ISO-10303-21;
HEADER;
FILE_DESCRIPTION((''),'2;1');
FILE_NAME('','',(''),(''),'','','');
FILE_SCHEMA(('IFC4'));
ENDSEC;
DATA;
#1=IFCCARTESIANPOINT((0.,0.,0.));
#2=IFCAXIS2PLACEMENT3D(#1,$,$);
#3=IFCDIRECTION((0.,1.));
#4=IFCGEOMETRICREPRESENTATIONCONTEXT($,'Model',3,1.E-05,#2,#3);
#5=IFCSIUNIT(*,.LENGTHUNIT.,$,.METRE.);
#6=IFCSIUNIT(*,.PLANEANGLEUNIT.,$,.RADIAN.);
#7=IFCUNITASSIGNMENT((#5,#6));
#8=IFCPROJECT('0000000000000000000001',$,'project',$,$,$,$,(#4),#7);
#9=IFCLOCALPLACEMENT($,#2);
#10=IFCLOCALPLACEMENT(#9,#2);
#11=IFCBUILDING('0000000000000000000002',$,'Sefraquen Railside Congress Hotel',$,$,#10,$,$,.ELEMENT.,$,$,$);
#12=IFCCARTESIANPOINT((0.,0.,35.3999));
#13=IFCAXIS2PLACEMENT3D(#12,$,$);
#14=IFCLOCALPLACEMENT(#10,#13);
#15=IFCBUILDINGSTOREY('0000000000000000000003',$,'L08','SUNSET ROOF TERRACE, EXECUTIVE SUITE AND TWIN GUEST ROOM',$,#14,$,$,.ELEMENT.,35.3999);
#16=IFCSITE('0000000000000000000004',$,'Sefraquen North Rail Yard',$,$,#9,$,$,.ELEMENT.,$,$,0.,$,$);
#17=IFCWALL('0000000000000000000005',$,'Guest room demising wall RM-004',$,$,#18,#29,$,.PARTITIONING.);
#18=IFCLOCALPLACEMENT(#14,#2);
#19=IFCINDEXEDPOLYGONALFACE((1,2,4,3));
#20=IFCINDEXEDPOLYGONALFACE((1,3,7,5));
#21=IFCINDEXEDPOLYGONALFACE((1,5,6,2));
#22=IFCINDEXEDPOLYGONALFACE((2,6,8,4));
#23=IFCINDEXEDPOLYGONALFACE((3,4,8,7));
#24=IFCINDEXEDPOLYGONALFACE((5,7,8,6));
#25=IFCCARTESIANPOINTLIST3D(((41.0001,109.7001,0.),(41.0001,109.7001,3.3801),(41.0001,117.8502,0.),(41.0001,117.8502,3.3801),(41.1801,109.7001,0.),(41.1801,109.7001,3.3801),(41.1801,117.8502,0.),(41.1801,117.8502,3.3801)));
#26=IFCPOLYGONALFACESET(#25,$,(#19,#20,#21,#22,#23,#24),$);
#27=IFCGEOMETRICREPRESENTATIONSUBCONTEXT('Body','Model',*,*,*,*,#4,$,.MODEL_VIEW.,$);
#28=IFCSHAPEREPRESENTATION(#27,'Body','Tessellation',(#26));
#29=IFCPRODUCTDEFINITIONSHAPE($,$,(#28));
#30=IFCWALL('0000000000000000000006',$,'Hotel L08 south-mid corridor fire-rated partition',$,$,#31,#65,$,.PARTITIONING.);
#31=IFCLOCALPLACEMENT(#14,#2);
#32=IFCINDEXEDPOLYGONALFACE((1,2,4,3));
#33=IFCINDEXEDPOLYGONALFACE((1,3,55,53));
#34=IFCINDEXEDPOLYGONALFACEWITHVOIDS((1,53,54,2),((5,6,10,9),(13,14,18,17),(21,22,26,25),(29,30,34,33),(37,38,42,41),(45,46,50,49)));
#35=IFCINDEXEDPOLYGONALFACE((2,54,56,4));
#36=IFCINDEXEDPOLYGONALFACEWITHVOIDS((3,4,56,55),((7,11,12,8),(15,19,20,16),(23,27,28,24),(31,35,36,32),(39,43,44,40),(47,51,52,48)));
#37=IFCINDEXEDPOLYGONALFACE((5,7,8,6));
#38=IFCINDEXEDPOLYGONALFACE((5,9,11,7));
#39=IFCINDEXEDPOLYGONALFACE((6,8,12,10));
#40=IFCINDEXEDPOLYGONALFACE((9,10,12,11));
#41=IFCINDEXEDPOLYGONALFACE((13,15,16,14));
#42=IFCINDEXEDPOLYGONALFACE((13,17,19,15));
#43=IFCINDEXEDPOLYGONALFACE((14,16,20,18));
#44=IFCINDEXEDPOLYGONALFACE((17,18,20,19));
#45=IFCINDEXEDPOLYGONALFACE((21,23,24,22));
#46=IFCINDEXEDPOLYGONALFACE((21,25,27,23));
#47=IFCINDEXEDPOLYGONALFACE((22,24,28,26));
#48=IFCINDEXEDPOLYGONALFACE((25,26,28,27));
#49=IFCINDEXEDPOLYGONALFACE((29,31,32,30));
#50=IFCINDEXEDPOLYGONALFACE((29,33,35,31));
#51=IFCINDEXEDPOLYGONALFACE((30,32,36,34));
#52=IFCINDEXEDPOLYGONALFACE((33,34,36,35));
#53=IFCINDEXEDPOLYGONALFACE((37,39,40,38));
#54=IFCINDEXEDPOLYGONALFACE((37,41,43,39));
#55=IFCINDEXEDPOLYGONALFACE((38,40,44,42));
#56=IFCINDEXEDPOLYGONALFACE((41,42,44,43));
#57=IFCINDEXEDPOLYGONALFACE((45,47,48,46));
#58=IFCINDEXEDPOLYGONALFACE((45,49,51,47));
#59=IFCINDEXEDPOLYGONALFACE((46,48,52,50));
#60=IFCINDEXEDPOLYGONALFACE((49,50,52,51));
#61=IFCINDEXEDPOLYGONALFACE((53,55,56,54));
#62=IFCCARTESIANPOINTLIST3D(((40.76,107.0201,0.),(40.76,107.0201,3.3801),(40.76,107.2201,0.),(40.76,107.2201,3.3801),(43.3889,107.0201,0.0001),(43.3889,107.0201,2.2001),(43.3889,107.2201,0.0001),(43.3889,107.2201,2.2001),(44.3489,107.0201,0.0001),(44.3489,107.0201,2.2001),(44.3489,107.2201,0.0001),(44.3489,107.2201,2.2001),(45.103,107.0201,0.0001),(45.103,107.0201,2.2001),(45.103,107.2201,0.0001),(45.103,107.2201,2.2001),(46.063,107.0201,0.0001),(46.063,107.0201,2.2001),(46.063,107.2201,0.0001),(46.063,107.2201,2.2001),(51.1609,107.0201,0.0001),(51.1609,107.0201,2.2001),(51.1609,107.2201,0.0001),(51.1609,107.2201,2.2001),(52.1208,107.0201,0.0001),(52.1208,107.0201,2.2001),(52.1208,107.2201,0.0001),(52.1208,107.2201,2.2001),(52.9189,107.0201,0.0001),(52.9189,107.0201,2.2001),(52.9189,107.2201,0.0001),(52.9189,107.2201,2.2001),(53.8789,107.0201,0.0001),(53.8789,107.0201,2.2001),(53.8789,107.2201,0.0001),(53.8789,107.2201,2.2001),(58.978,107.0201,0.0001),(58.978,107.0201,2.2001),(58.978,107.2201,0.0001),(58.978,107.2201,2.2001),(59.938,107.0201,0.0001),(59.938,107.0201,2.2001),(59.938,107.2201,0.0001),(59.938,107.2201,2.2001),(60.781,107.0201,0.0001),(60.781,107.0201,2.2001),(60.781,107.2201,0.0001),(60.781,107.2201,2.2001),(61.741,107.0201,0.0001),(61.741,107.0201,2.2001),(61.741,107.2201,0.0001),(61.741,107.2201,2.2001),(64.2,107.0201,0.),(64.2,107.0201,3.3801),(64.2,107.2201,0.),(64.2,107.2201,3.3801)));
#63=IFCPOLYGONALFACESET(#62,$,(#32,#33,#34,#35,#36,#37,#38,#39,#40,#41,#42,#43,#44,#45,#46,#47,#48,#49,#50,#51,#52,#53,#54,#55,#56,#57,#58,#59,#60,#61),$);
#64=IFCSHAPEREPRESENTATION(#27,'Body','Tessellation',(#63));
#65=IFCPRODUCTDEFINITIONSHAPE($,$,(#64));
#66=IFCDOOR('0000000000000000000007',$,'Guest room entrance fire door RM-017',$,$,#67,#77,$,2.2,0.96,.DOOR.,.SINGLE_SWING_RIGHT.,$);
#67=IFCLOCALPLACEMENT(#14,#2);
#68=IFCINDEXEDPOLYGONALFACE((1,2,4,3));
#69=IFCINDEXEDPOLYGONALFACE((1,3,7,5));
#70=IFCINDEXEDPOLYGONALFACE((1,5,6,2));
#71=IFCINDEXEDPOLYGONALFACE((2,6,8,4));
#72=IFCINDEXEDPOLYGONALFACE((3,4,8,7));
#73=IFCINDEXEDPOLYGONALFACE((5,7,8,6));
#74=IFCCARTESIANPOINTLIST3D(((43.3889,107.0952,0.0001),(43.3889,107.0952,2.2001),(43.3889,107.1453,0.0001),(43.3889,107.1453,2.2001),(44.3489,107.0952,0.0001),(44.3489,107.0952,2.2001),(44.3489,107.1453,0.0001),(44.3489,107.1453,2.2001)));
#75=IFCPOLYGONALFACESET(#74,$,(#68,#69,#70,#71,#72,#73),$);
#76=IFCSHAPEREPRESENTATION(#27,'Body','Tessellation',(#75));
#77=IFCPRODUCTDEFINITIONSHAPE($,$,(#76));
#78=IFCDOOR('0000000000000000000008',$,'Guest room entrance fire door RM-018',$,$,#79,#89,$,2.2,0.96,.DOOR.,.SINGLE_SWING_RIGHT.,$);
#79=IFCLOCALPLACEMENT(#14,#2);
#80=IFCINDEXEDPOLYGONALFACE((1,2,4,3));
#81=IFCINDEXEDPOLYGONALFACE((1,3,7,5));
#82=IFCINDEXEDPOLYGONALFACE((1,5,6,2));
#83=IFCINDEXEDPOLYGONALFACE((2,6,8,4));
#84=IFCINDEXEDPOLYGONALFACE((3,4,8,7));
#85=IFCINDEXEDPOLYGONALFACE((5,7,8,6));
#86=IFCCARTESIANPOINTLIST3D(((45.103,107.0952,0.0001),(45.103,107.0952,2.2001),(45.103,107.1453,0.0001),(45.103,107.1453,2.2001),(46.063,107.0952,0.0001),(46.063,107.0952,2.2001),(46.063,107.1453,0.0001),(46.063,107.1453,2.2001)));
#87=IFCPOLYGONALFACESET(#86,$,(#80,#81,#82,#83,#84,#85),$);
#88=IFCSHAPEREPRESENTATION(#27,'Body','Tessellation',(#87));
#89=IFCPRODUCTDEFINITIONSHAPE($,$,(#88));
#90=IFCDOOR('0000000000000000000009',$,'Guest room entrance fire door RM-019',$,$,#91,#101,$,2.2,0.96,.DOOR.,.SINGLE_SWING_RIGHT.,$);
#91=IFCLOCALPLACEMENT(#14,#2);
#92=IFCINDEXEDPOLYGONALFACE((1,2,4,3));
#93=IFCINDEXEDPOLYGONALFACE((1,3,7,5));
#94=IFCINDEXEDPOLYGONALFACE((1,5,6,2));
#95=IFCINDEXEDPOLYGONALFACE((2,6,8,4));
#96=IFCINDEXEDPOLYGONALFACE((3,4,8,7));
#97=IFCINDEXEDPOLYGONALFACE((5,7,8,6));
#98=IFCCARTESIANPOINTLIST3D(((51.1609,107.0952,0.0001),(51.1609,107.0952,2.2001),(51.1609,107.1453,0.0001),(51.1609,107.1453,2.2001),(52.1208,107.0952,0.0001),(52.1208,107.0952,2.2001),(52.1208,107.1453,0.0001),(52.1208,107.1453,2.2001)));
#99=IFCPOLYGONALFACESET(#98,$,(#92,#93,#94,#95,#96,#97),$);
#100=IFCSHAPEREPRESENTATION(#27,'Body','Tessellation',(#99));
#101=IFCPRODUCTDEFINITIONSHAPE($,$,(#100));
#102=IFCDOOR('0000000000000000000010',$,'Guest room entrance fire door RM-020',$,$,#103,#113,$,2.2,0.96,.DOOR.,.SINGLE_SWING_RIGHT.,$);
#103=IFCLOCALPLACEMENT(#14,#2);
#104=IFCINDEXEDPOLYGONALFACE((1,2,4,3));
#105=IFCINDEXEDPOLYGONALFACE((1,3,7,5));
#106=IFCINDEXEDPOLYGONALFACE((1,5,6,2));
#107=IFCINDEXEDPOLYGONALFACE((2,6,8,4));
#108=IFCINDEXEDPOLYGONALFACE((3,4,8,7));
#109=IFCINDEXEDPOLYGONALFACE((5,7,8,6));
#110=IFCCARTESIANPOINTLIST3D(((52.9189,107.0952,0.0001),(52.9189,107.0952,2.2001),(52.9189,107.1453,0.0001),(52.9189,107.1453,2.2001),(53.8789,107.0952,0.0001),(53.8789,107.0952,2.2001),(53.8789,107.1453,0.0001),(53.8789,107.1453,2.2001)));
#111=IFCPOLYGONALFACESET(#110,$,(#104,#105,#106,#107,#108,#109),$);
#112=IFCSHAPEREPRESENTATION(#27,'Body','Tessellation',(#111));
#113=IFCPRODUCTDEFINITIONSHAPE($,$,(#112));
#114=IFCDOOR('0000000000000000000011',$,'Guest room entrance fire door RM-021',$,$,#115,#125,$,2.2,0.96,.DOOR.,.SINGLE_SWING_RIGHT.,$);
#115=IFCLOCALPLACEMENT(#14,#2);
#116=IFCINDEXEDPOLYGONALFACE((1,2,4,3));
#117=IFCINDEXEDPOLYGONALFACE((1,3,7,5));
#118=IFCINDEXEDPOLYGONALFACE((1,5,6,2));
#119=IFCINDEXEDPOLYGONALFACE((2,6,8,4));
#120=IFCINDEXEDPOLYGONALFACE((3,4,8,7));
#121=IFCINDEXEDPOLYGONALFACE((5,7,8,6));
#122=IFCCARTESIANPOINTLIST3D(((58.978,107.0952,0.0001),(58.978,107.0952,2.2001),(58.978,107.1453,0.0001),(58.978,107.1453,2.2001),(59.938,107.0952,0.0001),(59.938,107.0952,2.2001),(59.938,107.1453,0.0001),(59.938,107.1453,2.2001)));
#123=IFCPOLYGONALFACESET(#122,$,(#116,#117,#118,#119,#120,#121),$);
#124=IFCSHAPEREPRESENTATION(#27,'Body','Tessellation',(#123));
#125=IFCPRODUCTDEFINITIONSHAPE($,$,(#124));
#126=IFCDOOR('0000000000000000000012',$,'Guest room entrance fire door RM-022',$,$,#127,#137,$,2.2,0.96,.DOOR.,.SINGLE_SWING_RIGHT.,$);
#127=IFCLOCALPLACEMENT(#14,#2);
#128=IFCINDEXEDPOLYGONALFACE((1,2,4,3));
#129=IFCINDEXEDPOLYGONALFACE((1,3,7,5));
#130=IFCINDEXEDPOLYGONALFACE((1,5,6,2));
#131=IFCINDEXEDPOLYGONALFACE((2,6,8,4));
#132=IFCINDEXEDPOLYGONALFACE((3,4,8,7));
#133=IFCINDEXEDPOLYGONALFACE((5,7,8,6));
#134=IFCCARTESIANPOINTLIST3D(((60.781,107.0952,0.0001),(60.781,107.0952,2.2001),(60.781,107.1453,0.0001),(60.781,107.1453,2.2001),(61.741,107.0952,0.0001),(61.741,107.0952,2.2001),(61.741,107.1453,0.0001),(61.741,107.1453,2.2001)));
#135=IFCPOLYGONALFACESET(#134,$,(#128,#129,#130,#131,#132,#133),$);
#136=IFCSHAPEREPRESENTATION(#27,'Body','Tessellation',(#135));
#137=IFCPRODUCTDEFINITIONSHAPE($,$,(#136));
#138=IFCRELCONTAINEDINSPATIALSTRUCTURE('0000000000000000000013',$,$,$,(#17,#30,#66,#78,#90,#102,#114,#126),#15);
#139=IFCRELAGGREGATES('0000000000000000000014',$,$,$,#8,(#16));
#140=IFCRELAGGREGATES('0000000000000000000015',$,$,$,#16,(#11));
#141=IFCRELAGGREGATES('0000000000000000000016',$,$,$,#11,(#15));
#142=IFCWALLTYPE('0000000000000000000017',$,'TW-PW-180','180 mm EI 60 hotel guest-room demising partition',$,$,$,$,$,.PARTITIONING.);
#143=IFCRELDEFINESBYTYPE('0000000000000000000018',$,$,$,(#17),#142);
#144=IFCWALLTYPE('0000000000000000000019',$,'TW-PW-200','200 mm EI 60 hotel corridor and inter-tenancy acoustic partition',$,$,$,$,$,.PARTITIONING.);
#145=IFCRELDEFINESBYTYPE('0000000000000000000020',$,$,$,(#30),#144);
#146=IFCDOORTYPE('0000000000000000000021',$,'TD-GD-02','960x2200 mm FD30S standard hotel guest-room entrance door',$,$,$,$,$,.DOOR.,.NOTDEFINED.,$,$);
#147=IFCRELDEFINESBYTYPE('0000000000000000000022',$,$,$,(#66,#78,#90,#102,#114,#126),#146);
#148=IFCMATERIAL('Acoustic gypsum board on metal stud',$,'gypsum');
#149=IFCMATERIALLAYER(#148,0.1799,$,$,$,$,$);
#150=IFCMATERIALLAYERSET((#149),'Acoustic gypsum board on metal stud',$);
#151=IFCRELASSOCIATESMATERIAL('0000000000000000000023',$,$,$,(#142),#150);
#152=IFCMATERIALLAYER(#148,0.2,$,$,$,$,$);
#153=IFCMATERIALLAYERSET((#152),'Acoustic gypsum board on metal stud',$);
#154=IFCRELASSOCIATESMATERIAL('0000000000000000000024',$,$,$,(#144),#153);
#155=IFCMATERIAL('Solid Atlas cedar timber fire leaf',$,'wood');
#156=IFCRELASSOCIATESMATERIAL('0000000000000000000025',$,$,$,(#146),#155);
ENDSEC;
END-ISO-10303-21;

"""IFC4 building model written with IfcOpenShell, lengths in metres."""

from ifc_helpers import new_model, si_unit, direction, frame, frame_2d, origin, place, context, subcontext, project, spatial, rectangle, extrude, material, layer, layer_set, type_object, element, fill, save


model = new_model("IFC4")

# Units and contexts
model_context = context("Model", 3, precision=1e-05, world=origin(), true_north=direction((0.0, 1.0)))
body_context = subcontext(model_context, "Body", "Model", "MODEL_VIEW")
ifc_project = project(units=[si_unit("LENGTHUNIT", "METRE"), si_unit("PLANEANGLEUNIT", "RADIAN")], contexts=[model_context])

# Site, building, storey
site_placement = place(None, origin())
site = spatial("IfcSite", under=ifc_project, at=site_placement, Name="Sefraquen North Rail Yard", CompositionType="ELEMENT", RefElevation=0.0)
building_placement = place(site_placement, origin())
building = spatial("IfcBuilding", under=site, at=building_placement, Name="Sefraquen Railside Congress Hotel", CompositionType="ELEMENT")
storey_placement = place(building_placement, frame((0.0, 0.0, 35.3999)))
storey = spatial("IfcBuildingStorey", under=building, at=storey_placement, Name="L08", Description="SUNSET ROOF TERRACE, EXECUTIVE SUITE AND TWIN GUEST ROOM", CompositionType="ELEMENT", Elevation=35.3999)

# Wall
ifc_material_1 = material(Name="Acoustic gypsum board on metal stud", Category="gypsum")
ifc_layer_1 = layer(ifc_material_1, 0.1799)
ifc_layer_set_1 = layer_set([ifc_layer_1], Name="Acoustic gypsum board on metal stud")
wall_type_1 = type_object("IfcWallType", Name="TW-PW-180", Description="180 mm EI 60 hotel guest-room demising partition", PredefinedType="PARTITIONING", material=ifc_layer_set_1)
for number, where, z_axis, x_axis, name in (
    (1, (41.0901, 109.7, 0.0), (0.0, 0.0, 1.0), (0.0, 1.0, 0.0), "Guest room demising wall RM-004"),
):
    element("IfcWall", number, at=place(storey_placement, frame(where, z_axis=z_axis, x_axis=x_axis)), inside=storey, type_object=wall_type_1, Name=name, PredefinedType="PARTITIONING", context=body_context, shape_type="SweptSolid", body=[
        extrude(rectangle(XDim=8.1501, YDim=0.1799, at=frame_2d((4.0752, 0.0))), origin(), (0.0, 0.0, 1.0), 3.3801),
    ])

# Wall, openings, doors
ifc_layer_2 = layer(ifc_material_1, 0.2)
ifc_layer_set_2 = layer_set([ifc_layer_2], Name="Acoustic gypsum board on metal stud")
wall_type_2 = type_object("IfcWallType", Name="TW-PW-200", Description="200 mm EI 60 hotel corridor and inter-tenancy acoustic partition", PredefinedType="PARTITIONING", material=ifc_layer_set_2)
wall_1_placement = place(storey_placement, frame((40.76, 107.1201, 0.0), z_axis=(0.0, 0.0, 1.0), x_axis=(1.0, 0.0, 0.0)))
wall_1 = element("IfcWall", 2, at=wall_1_placement, inside=storey, type_object=wall_type_2, Name="Hotel L08 south-mid corridor fire-rated partition", PredefinedType="PARTITIONING", context=body_context, shape_type="SweptSolid", body=[
    extrude(rectangle(XDim=23.4399, YDim=0.2, at=frame_2d((11.72, 0.0))), origin(), (0.0, 0.0, 1.0), 3.3801),
])
opening_1_placement = place(wall_1_placement, frame((2.6289, 0.0, 0.0)))
opening_1 = element("IfcOpeningElement", 3, at=opening_1_placement, cuts=wall_1, PredefinedType="OPENING", context=body_context, shape_type="SweptSolid", body=[
    extrude(rectangle(XDim=0.96, YDim=2.2, at=frame_2d((0.48, 1.1001))), frame((0.0, 0.1099, 0.0), z_axis=(0.0, -1.0, 0.0), x_axis=(1.0, 0.0, 0.0)), (0.0, 0.0, 1.0), 0.22),
])
opening_2_placement = place(wall_1_placement, frame((4.343, 0.0, 0.0)))
opening_2 = element("IfcOpeningElement", 4, at=opening_2_placement, cuts=wall_1, PredefinedType="OPENING", context=body_context, shape_type="SweptSolid", body=[
    extrude(rectangle(XDim=0.96, YDim=2.2, at=frame_2d((0.48, 1.1001))), frame((0.0, 0.1099, 0.0), z_axis=(0.0, -1.0, 0.0), x_axis=(1.0, 0.0, 0.0)), (0.0, 0.0, 1.0), 0.22),
])
opening_3_placement = place(wall_1_placement, frame((10.4009, 0.0, 0.0)))
opening_3 = element("IfcOpeningElement", 5, at=opening_3_placement, cuts=wall_1, PredefinedType="OPENING", context=body_context, shape_type="SweptSolid", body=[
    extrude(rectangle(XDim=0.96, YDim=2.2, at=frame_2d((0.48, 1.1001))), frame((0.0, 0.1099, 0.0), z_axis=(0.0, -1.0, 0.0), x_axis=(1.0, 0.0, 0.0)), (0.0, 0.0, 1.0), 0.22),
])
opening_4_placement = place(wall_1_placement, frame((12.1589, 0.0, 0.0)))
opening_4 = element("IfcOpeningElement", 6, at=opening_4_placement, cuts=wall_1, PredefinedType="OPENING", context=body_context, shape_type="SweptSolid", body=[
    extrude(rectangle(XDim=0.96, YDim=2.2, at=frame_2d((0.48, 1.1001))), frame((0.0, 0.1099, 0.0), z_axis=(0.0, -1.0, 0.0), x_axis=(1.0, 0.0, 0.0)), (0.0, 0.0, 1.0), 0.22),
])
opening_5_placement = place(wall_1_placement, frame((18.218, 0.0, 0.0)))
opening_5 = element("IfcOpeningElement", 7, at=opening_5_placement, cuts=wall_1, PredefinedType="OPENING", context=body_context, shape_type="SweptSolid", body=[
    extrude(rectangle(XDim=0.96, YDim=2.2, at=frame_2d((0.48, 1.1001))), frame((0.0, 0.1099, 0.0), z_axis=(0.0, -1.0, 0.0), x_axis=(1.0, 0.0, 0.0)), (0.0, 0.0, 1.0), 0.22),
])
opening_6_placement = place(wall_1_placement, frame((20.021, 0.0, 0.0)))
opening_6 = element("IfcOpeningElement", 8, at=opening_6_placement, cuts=wall_1, PredefinedType="OPENING", context=body_context, shape_type="SweptSolid", body=[
    extrude(rectangle(XDim=0.96, YDim=2.2, at=frame_2d((0.48, 1.1001))), frame((0.0, 0.1099, 0.0), z_axis=(0.0, -1.0, 0.0), x_axis=(1.0, 0.0, 0.0)), (0.0, 0.0, 1.0), 0.22),
])
ifc_material_2 = material(Name="Solid Atlas cedar timber fire leaf", Category="wood")
door_type_1 = type_object("IfcDoorType", Name="TD-GD-02", Description="960x2200 mm FD30S standard hotel guest-room entrance door", OperationType="NOTDEFINED", PredefinedType="DOOR", material=ifc_material_2)
door_1_placement = place(opening_1_placement, frame((0.96, 0.0, 0.0), z_axis=(0.0, 0.0, 1.0), x_axis=(-1.0, 0.0, 0.0)))
door_1 = element("IfcDoor", 9, at=door_1_placement, inside=storey, type_object=door_type_1, Name="Guest room entrance fire door RM-017", OperationType="SINGLE_SWING_RIGHT", OverallHeight=2.2, OverallWidth=0.96, PredefinedType="DOOR", context=body_context, shape_type="SweptSolid", body=[
    extrude(rectangle(XDim=0.96, YDim=2.2, at=frame_2d((0.48, 1.1001))), frame((0.0, 0.0249, 0.0), z_axis=(0.0, -1.0, 0.0), x_axis=(1.0, 0.0, 0.0)), (0.0, 0.0, 1.0), 0.05),
])
fill(opening_1, door_1)
door_2_placement = place(opening_2_placement, frame((0.96, 0.0, 0.0), z_axis=(0.0, 0.0, 1.0), x_axis=(-1.0, 0.0, 0.0)))
door_2 = element("IfcDoor", 10, at=door_2_placement, inside=storey, type_object=door_type_1, Name="Guest room entrance fire door RM-018", OperationType="SINGLE_SWING_RIGHT", OverallHeight=2.2, OverallWidth=0.96, PredefinedType="DOOR", context=body_context, shape_type="SweptSolid", body=[
    extrude(rectangle(XDim=0.96, YDim=2.2, at=frame_2d((0.48, 1.1001))), frame((0.0, 0.0249, 0.0), z_axis=(0.0, -1.0, 0.0), x_axis=(1.0, 0.0, 0.0)), (0.0, 0.0, 1.0), 0.05),
])
fill(opening_2, door_2)
door_3_placement = place(opening_3_placement, frame((0.96, 0.0, 0.0), z_axis=(0.0, 0.0, 1.0), x_axis=(-1.0, 0.0, 0.0)))
door_3 = element("IfcDoor", 11, at=door_3_placement, inside=storey, type_object=door_type_1, Name="Guest room entrance fire door RM-019", OperationType="SINGLE_SWING_RIGHT", OverallHeight=2.2, OverallWidth=0.96, PredefinedType="DOOR", context=body_context, shape_type="SweptSolid", body=[
    extrude(rectangle(XDim=0.96, YDim=2.2, at=frame_2d((0.48, 1.1001))), frame((0.0, 0.0249, 0.0), z_axis=(0.0, -1.0, 0.0), x_axis=(1.0, 0.0, 0.0)), (0.0, 0.0, 1.0), 0.05),
])
fill(opening_3, door_3)
door_4_placement = place(opening_4_placement, frame((0.96, 0.0, 0.0), z_axis=(0.0, 0.0, 1.0), x_axis=(-1.0, 0.0, 0.0)))
door_4 = element("IfcDoor", 12, at=door_4_placement, inside=storey, type_object=door_type_1, Name="Guest room entrance fire door RM-020", OperationType="SINGLE_SWING_RIGHT", OverallHeight=2.2, OverallWidth=0.96, PredefinedType="DOOR", context=body_context, shape_type="SweptSolid", body=[
    extrude(rectangle(XDim=0.96, YDim=2.2, at=frame_2d((0.48, 1.1001))), frame((0.0, 0.0249, 0.0), z_axis=(0.0, -1.0, 0.0), x_axis=(1.0, 0.0, 0.0)), (0.0, 0.0, 1.0), 0.05),
])
fill(opening_4, door_4)
door_5_placement = place(opening_5_placement, frame((0.96, 0.0, 0.0), z_axis=(0.0, 0.0, 1.0), x_axis=(-1.0, 0.0, 0.0)))
door_5 = element("IfcDoor", 13, at=door_5_placement, inside=storey, type_object=door_type_1, Name="Guest room entrance fire door RM-021", OperationType="SINGLE_SWING_RIGHT", OverallHeight=2.2, OverallWidth=0.96, PredefinedType="DOOR", context=body_context, shape_type="SweptSolid", body=[
    extrude(rectangle(XDim=0.96, YDim=2.2, at=frame_2d((0.48, 1.1001))), frame((0.0, 0.0249, 0.0), z_axis=(0.0, -1.0, 0.0), x_axis=(1.0, 0.0, 0.0)), (0.0, 0.0, 1.0), 0.05),
])
fill(opening_5, door_5)
door_6_placement = place(opening_6_placement, frame((0.96, 0.0, 0.0), z_axis=(0.0, 0.0, 1.0), x_axis=(-1.0, 0.0, 0.0)))
door_6 = element("IfcDoor", 14, at=door_6_placement, inside=storey, type_object=door_type_1, Name="Guest room entrance fire door RM-022", OperationType="SINGLE_SWING_RIGHT", OverallHeight=2.2, OverallWidth=0.96, PredefinedType="DOOR", context=body_context, shape_type="SweptSolid", body=[
    extrude(rectangle(XDim=0.96, YDim=2.2, at=frame_2d((0.48, 1.1001))), frame((0.0, 0.0249, 0.0), z_axis=(0.0, -1.0, 0.0), x_axis=(1.0, 0.0, 0.0)), (0.0, 0.0, 1.0), 0.05),
])
fill(opening_6, door_6)

save(model, "model.ifc")
